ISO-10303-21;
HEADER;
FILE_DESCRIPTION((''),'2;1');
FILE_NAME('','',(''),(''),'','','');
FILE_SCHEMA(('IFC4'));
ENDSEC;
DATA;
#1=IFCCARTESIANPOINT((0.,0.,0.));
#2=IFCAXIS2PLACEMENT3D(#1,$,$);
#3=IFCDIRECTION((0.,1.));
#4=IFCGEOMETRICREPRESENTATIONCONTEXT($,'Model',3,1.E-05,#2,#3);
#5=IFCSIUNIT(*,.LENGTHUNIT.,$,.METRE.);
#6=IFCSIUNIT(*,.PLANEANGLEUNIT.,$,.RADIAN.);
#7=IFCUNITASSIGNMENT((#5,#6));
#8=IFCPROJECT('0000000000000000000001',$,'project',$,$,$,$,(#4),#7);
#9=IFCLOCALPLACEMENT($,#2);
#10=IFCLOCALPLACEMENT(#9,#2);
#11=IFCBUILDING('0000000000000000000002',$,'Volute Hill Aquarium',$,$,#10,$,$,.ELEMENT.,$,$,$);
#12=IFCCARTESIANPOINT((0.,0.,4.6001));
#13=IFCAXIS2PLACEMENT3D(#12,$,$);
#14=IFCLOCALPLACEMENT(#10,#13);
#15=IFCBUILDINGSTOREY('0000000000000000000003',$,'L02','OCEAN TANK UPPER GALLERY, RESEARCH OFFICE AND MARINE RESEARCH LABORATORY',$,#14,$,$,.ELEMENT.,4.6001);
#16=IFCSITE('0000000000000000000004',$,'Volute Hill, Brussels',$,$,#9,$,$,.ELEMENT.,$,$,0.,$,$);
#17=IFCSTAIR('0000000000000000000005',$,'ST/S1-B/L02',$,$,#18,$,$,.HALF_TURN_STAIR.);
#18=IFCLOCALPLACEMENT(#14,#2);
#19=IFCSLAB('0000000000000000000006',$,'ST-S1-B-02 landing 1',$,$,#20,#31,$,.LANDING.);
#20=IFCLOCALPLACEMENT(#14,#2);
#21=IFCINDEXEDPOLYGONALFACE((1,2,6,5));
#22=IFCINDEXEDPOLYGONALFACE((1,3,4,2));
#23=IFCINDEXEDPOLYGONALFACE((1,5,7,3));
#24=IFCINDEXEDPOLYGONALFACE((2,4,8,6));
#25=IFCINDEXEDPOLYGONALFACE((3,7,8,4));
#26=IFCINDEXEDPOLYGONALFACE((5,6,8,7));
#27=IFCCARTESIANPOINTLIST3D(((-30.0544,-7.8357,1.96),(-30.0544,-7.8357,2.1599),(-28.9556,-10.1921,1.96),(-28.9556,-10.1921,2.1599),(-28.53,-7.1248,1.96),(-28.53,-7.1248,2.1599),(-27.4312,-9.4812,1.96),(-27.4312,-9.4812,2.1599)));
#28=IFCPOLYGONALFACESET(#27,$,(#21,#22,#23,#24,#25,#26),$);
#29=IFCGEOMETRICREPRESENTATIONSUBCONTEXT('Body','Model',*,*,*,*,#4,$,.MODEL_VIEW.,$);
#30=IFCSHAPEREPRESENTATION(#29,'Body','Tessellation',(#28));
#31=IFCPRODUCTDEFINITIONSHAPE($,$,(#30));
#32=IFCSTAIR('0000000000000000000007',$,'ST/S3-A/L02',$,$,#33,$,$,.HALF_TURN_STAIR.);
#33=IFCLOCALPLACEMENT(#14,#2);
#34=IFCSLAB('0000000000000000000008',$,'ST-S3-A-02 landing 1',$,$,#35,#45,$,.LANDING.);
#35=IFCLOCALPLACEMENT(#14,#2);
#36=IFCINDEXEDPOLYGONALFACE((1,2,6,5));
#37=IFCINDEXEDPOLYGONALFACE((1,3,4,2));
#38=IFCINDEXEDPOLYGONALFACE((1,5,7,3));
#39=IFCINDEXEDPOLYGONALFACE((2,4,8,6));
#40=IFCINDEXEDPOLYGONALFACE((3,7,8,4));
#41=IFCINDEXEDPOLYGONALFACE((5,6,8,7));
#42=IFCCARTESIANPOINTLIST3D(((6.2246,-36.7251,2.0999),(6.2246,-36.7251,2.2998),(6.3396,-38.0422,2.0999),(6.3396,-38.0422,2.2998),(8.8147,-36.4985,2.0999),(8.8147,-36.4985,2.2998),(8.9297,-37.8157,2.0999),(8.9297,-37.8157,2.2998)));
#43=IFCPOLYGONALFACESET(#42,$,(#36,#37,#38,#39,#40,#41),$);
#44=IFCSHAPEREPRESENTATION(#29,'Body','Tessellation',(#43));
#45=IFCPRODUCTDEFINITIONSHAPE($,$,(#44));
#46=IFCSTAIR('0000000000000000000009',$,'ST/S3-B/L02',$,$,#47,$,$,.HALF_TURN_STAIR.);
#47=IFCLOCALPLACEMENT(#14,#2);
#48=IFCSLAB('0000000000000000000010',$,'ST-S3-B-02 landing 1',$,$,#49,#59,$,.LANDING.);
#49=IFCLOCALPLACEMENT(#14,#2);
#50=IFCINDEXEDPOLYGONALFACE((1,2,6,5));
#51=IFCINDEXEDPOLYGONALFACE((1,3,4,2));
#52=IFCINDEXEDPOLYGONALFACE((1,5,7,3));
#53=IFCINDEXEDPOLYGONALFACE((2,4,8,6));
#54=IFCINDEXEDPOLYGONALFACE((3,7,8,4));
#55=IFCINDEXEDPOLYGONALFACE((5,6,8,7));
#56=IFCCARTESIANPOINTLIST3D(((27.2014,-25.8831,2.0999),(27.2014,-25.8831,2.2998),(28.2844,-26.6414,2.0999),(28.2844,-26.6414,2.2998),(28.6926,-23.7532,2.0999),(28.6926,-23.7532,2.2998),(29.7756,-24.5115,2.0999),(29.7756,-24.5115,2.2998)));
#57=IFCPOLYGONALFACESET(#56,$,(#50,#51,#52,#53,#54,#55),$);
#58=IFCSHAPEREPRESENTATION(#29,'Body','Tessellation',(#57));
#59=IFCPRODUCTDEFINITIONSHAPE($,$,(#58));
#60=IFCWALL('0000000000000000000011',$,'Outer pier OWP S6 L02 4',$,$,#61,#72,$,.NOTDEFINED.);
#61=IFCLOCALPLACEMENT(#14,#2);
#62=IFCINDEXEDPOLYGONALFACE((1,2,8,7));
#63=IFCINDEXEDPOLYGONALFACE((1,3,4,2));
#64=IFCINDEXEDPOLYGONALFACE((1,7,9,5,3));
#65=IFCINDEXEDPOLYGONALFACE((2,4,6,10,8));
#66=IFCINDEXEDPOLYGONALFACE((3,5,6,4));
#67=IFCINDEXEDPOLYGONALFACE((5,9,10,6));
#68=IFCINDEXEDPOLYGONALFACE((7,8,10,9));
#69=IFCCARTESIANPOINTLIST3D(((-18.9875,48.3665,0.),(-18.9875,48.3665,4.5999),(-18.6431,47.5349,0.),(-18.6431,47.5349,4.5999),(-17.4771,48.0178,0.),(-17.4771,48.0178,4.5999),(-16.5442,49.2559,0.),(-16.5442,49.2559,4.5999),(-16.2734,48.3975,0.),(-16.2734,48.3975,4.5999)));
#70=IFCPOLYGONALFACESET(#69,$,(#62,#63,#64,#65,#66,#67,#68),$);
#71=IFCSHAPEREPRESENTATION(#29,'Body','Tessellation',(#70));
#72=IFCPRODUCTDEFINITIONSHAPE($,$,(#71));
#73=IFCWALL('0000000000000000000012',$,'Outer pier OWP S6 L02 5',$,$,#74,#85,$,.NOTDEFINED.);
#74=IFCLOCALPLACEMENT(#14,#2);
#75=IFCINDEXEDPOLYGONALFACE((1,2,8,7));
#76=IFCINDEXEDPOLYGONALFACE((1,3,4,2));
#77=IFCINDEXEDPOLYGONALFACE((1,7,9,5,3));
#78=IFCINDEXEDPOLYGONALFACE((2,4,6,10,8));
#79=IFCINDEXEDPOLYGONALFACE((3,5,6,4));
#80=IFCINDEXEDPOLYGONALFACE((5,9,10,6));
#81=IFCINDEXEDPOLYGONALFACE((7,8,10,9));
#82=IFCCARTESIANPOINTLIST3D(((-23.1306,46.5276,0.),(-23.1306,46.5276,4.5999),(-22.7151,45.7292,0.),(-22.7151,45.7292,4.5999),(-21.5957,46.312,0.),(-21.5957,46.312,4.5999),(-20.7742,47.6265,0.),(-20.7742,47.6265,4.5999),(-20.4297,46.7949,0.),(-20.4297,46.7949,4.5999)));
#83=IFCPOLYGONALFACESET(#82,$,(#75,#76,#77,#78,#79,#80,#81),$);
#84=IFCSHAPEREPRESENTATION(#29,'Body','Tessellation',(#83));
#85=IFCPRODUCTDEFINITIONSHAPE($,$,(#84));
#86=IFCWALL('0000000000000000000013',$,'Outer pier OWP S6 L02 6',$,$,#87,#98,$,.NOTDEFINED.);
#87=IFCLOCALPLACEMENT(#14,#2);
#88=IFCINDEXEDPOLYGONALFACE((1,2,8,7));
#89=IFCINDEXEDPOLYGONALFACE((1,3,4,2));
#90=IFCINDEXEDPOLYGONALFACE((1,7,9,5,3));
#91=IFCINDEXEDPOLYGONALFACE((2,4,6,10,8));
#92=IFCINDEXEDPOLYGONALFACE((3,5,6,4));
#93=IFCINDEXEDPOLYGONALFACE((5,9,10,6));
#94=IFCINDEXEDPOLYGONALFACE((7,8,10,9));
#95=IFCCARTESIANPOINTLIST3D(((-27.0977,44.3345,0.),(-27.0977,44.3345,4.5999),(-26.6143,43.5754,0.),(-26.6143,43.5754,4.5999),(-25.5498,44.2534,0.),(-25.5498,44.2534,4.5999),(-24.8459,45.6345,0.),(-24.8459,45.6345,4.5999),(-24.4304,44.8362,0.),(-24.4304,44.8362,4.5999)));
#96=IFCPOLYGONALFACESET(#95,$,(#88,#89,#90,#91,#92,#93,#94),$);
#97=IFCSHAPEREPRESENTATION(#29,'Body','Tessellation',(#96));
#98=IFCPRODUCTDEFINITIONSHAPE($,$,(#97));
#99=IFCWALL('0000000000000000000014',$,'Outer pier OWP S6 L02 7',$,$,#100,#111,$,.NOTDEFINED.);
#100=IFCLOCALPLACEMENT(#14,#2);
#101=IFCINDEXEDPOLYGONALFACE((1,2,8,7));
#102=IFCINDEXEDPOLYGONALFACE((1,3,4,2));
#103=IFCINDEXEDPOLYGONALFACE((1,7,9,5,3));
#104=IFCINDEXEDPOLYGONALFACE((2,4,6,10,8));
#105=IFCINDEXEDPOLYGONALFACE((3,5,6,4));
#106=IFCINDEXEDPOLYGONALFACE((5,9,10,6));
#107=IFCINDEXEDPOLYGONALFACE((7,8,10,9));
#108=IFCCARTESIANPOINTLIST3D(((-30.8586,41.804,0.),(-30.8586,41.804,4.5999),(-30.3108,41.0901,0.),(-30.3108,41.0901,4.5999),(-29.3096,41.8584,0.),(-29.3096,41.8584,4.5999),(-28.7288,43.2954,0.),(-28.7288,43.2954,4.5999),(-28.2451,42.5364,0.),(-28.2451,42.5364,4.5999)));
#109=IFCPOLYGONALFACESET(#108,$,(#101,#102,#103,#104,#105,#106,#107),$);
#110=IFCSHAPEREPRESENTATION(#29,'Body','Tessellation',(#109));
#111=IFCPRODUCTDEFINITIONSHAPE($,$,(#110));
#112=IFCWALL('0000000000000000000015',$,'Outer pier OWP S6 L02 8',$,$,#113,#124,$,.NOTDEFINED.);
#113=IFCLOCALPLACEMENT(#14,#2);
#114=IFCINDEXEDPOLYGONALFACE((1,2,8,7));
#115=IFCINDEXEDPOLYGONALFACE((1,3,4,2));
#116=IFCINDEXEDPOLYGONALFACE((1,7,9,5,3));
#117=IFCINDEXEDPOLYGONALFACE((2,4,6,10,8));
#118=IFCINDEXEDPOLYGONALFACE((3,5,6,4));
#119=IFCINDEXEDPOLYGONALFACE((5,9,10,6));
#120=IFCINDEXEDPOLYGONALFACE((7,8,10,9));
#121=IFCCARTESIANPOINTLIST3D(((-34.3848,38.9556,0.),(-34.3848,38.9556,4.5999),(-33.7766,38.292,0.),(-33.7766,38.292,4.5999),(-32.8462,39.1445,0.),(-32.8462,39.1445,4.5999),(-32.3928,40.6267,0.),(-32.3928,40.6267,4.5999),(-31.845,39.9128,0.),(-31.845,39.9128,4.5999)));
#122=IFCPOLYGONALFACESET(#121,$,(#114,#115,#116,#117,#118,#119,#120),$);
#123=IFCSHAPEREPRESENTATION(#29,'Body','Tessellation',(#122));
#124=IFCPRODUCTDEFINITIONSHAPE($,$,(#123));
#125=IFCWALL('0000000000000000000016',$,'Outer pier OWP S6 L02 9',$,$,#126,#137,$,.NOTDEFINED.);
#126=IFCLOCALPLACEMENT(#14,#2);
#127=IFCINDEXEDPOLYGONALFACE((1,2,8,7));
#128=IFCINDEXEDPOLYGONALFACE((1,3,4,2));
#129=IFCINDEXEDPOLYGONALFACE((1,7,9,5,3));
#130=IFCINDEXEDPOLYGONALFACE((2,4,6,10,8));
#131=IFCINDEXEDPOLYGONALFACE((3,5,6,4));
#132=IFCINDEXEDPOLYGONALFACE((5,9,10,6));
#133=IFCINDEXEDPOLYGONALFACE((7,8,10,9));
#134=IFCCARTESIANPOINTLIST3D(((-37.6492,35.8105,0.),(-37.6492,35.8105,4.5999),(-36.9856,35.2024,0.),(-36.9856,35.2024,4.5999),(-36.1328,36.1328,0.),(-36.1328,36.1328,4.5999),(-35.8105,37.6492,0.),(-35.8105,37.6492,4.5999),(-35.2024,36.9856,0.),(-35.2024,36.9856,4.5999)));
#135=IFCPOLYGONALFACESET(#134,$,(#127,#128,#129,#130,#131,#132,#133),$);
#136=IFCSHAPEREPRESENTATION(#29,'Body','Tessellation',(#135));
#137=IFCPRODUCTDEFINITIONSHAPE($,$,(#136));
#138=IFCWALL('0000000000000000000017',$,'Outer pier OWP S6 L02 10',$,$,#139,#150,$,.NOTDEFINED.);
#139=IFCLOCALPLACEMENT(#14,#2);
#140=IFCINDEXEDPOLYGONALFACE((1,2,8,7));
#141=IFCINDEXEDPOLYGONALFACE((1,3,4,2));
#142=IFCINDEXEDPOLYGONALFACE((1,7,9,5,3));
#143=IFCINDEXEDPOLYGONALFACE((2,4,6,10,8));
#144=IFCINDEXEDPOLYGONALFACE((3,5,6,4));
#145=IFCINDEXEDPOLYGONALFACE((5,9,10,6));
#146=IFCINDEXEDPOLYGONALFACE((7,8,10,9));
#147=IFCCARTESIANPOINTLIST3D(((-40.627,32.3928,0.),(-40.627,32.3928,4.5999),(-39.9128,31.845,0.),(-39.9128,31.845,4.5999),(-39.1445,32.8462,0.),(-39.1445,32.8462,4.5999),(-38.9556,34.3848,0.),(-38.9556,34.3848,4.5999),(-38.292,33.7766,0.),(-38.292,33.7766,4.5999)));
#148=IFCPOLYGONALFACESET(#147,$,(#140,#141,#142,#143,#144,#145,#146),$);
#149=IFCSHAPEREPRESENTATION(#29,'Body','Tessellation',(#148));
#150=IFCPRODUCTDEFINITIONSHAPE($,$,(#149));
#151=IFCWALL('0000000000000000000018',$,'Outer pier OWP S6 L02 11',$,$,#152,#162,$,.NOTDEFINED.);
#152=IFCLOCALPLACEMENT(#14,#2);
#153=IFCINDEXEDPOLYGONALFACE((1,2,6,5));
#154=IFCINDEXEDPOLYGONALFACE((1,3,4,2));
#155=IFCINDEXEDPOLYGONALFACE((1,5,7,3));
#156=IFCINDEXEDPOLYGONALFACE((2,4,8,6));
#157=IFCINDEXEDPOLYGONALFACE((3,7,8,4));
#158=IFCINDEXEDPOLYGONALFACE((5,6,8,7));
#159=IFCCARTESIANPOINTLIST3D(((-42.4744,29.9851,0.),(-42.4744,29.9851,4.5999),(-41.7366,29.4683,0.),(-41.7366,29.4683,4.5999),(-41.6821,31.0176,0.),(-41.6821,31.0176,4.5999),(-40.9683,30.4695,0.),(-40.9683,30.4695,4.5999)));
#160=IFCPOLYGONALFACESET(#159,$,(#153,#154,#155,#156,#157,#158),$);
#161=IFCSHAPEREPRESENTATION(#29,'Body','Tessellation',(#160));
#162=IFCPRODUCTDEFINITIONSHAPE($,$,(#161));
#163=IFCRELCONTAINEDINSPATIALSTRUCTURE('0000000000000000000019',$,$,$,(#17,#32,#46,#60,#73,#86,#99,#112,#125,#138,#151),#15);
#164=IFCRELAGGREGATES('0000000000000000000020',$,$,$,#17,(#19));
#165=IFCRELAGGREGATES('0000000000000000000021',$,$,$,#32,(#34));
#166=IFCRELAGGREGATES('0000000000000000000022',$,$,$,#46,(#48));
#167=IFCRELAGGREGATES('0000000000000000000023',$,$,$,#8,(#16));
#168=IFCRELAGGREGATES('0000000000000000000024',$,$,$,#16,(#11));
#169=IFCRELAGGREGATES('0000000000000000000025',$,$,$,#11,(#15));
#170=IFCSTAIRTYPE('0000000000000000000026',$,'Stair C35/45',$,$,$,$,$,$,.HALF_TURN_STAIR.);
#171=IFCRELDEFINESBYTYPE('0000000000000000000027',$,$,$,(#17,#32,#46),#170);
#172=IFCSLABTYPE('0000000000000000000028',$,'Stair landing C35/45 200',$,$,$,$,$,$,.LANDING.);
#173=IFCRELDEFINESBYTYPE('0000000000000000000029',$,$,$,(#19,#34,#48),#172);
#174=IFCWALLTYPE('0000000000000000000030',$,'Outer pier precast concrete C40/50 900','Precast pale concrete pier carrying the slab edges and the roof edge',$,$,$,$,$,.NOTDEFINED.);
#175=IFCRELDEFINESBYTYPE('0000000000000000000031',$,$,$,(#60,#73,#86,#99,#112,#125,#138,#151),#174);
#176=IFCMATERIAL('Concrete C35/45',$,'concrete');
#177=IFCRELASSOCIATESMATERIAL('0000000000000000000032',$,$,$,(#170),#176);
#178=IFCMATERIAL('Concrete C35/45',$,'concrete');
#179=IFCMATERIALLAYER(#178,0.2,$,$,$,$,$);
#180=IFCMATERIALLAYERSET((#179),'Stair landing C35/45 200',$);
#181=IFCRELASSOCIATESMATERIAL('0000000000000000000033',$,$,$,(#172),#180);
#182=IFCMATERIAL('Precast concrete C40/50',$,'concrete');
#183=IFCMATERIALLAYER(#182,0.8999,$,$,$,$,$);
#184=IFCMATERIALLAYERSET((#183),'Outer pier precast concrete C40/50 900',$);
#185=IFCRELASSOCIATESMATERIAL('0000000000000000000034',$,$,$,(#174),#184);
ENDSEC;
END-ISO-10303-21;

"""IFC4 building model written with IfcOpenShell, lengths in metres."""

from ifc_helpers import new_model, si_unit, direction, frame, origin, place, context, subcontext, project, spatial, polyline, outline, extrude, material, layer, layer_set, type_object, element, aggregate, save


model = new_model("IFC4")

# Units and contexts
model_context = context("Model", 3, precision=1e-05, world=origin(), true_north=direction((0.0, 1.0)))
body_context = subcontext(model_context, "Body", "Model", "MODEL_VIEW")
ifc_project = project(units=[si_unit("LENGTHUNIT", "METRE"), si_unit("PLANEANGLEUNIT", "RADIAN")], contexts=[model_context])

# Site, building, storey
site_placement = place(None, origin())
site = spatial("IfcSite", under=ifc_project, at=site_placement, Name="Volute Hill, Brussels", CompositionType="ELEMENT", RefElevation=0.0)
building_placement = place(site_placement, origin())
building = spatial("IfcBuilding", under=site, at=building_placement, Name="Volute Hill Aquarium", CompositionType="ELEMENT")
storey_placement = place(building_placement, frame((0.0, 0.0, 4.6001)))
storey = spatial("IfcBuildingStorey", under=building, at=storey_placement, Name="L02", Description="OCEAN TANK UPPER GALLERY, RESEARCH OFFICE AND MARINE RESEARCH LABORATORY", CompositionType="ELEMENT", Elevation=4.6001)

# Stairs, slabs
ifc_material_1 = material(Name="Concrete C35/45", Category="concrete")
stair_type = type_object("IfcStairType", Name="Stair C35/45", PredefinedType="HALF_TURN_STAIR", material=ifc_material_1)
ifc_material_2 = material(Name="Concrete C35/45", Category="concrete")
ifc_layer_1 = layer(ifc_material_2, 0.2)
ifc_layer_set_1 = layer_set([ifc_layer_1], Name="Stair landing C35/45 200")
slab_type_1 = type_object("IfcSlabType", Name="Stair landing C35/45 200", PredefinedType="LANDING", material=ifc_layer_set_1)
stair_1_placement = place(storey_placement, origin())
stair_1 = element("IfcStair", 1, at=stair_1_placement, inside=storey, type_object=stair_type, Name="ST/S1-B/L02", PredefinedType="HALF_TURN_STAIR")
slab_1_placement = place(storey_placement, frame((0.0, 0.0, 1.96)))
slab_1 = element("IfcSlab", 2, at=slab_1_placement, type_object=slab_type_1, Name="ST-S1-B-02 landing 1", PredefinedType="LANDING", context=body_context, shape_type="SweptSolid", body=[
    extrude(outline(polyline([(-28.53, -7.1248), (-30.0544, -7.8357), (-28.9556, -10.1921), (-27.4312, -9.4812), (-28.53, -7.1248)])), origin(), (0.0, 0.0, 1.0), 0.2),
])
aggregate(stair_1, [slab_1])
stair_2_placement = place(storey_placement, origin())
stair_2 = element("IfcStair", 3, at=stair_2_placement, inside=storey, type_object=stair_type, Name="ST/S3-A/L02", PredefinedType="HALF_TURN_STAIR")
slab_2_placement = place(storey_placement, frame((0.0, 0.0, 2.0999)))
slab_2 = element("IfcSlab", 4, at=slab_2_placement, type_object=slab_type_1, Name="ST-S3-A-02 landing 1", PredefinedType="LANDING", context=body_context, shape_type="SweptSolid", body=[
    extrude(outline(polyline([(6.2246, -36.7251), (6.3396, -38.0422), (8.9297, -37.8157), (8.8147, -36.4985), (6.2246, -36.7251)])), origin(), (0.0, 0.0, 1.0), 0.2),
])
aggregate(stair_2, [slab_2])
stair_3_placement = place(storey_placement, origin())
stair_3 = element("IfcStair", 5, at=stair_3_placement, inside=storey, type_object=stair_type, Name="ST/S3-B/L02", PredefinedType="HALF_TURN_STAIR")
slab_3_placement = place(storey_placement, frame((0.0, 0.0, 2.0999)))
slab_3 = element("IfcSlab", 6, at=slab_3_placement, type_object=slab_type_1, Name="ST-S3-B-02 landing 1", PredefinedType="LANDING", context=body_context, shape_type="SweptSolid", body=[
    extrude(outline(polyline([(27.2014, -25.8831), (28.2844, -26.6414), (29.7756, -24.5115), (28.6926, -23.7532), (27.2014, -25.8831)])), origin(), (0.0, 0.0, 1.0), 0.2),
])
aggregate(stair_3, [slab_3])

# Walls
ifc_material_3 = material(Name="Precast concrete C40/50", Category="concrete")
ifc_layer_2 = layer(ifc_material_3, 0.8999)
ifc_layer_set_2 = layer_set([ifc_layer_2], Name="Outer pier precast concrete C40/50 900")
wall_type = type_object("IfcWallType", Name="Outer pier precast concrete C40/50 900", Description="Precast pale concrete pier carrying the slab edges and the roof edge", PredefinedType="NOTDEFINED", material=ifc_layer_set_2)
wall_1_placement = place(storey_placement, origin())
element("IfcWall", 7, at=wall_1_placement, inside=storey, type_object=wall_type, Name="Outer pier OWP S6 L02 4", PredefinedType="NOTDEFINED", context=body_context, shape_type="SweptSolid", body=[
    extrude(outline(polyline([(-16.2734, 48.3975), (-16.5442, 49.2559), (-18.9875, 48.3665), (-18.6431, 47.5349), (-17.4771, 48.0178), (-16.2734, 48.3975)])), origin(), (0.0, 0.0, 1.0), 4.5999),
])
wall_2_placement = place(storey_placement, origin())
element("IfcWall", 8, at=wall_2_placement, inside=storey, type_object=wall_type, Name="Outer pier OWP S6 L02 5", PredefinedType="NOTDEFINED", context=body_context, shape_type="SweptSolid", body=[
    extrude(outline(polyline([(-20.4297, 46.7949), (-20.7742, 47.6265), (-23.1306, 46.5276), (-22.7151, 45.7292), (-21.5957, 46.312), (-20.4297, 46.7949)])), origin(), (0.0, 0.0, 1.0), 4.5999),
])
wall_3_placement = place(storey_placement, origin())
element("IfcWall", 9, at=wall_3_placement, inside=storey, type_object=wall_type, Name="Outer pier OWP S6 L02 6", PredefinedType="NOTDEFINED", context=body_context, shape_type="SweptSolid", body=[
    extrude(outline(polyline([(-24.4304, 44.8362), (-24.8459, 45.6345), (-27.0977, 44.3345), (-26.6143, 43.5754), (-25.5498, 44.2534), (-24.4304, 44.8362)])), origin(), (0.0, 0.0, 1.0), 4.5999),
])
wall_4_placement = place(storey_placement, origin())
element("IfcWall", 10, at=wall_4_placement, inside=storey, type_object=wall_type, Name="Outer pier OWP S6 L02 7", PredefinedType="NOTDEFINED", context=body_context, shape_type="SweptSolid", body=[
    extrude(outline(polyline([(-28.2451, 42.5364), (-28.7288, 43.2954), (-30.8586, 41.804), (-30.3108, 41.0901), (-29.3096, 41.8584), (-28.2451, 42.5364)])), origin(), (0.0, 0.0, 1.0), 4.5999),
])
wall_5_placement = place(storey_placement, origin())
element("IfcWall", 11, at=wall_5_placement, inside=storey, type_object=wall_type, Name="Outer pier OWP S6 L02 8", PredefinedType="NOTDEFINED", context=body_context, shape_type="SweptSolid", body=[
    extrude(outline(polyline([(-31.845, 39.9128), (-32.3928, 40.6267), (-34.3848, 38.9556), (-33.7766, 38.292), (-32.8462, 39.1445), (-31.845, 39.9128)])), origin(), (0.0, 0.0, 1.0), 4.5999),
])
wall_6_placement = place(storey_placement, origin())
element("IfcWall", 12, at=wall_6_placement, inside=storey, type_object=wall_type, Name="Outer pier OWP S6 L02 9", PredefinedType="NOTDEFINED", context=body_context, shape_type="SweptSolid", body=[
    extrude(outline(polyline([(-35.2024, 36.9856), (-35.8105, 37.6492), (-37.6492, 35.8105), (-36.9856, 35.2024), (-36.1328, 36.1328), (-35.2024, 36.9856)])), origin(), (0.0, 0.0, 1.0), 4.5999),
])
wall_7_placement = place(storey_placement, origin())
element("IfcWall", 13, at=wall_7_placement, inside=storey, type_object=wall_type, Name="Outer pier OWP S6 L02 10", PredefinedType="NOTDEFINED", context=body_context, shape_type="SweptSolid", body=[
    extrude(outline(polyline([(-38.292, 33.7766), (-38.9556, 34.3848), (-40.627, 32.3928), (-39.9128, 31.845), (-39.1445, 32.8462), (-38.292, 33.7766)])), origin(), (0.0, 0.0, 1.0), 4.5999),
])
wall_8_placement = place(storey_placement, origin())
element("IfcWall", 14, at=wall_8_placement, inside=storey, type_object=wall_type, Name="Outer pier OWP S6 L02 11", PredefinedType="NOTDEFINED", context=body_context, shape_type="SweptSolid", body=[
    extrude(outline(polyline([(-40.9683, 30.4695), (-41.6821, 31.0176), (-42.4744, 29.9851), (-41.7366, 29.4683), (-40.9683, 30.4695)])), origin(), (0.0, 0.0, 1.0), 4.5999),
])

save(model, "model.ifc")
